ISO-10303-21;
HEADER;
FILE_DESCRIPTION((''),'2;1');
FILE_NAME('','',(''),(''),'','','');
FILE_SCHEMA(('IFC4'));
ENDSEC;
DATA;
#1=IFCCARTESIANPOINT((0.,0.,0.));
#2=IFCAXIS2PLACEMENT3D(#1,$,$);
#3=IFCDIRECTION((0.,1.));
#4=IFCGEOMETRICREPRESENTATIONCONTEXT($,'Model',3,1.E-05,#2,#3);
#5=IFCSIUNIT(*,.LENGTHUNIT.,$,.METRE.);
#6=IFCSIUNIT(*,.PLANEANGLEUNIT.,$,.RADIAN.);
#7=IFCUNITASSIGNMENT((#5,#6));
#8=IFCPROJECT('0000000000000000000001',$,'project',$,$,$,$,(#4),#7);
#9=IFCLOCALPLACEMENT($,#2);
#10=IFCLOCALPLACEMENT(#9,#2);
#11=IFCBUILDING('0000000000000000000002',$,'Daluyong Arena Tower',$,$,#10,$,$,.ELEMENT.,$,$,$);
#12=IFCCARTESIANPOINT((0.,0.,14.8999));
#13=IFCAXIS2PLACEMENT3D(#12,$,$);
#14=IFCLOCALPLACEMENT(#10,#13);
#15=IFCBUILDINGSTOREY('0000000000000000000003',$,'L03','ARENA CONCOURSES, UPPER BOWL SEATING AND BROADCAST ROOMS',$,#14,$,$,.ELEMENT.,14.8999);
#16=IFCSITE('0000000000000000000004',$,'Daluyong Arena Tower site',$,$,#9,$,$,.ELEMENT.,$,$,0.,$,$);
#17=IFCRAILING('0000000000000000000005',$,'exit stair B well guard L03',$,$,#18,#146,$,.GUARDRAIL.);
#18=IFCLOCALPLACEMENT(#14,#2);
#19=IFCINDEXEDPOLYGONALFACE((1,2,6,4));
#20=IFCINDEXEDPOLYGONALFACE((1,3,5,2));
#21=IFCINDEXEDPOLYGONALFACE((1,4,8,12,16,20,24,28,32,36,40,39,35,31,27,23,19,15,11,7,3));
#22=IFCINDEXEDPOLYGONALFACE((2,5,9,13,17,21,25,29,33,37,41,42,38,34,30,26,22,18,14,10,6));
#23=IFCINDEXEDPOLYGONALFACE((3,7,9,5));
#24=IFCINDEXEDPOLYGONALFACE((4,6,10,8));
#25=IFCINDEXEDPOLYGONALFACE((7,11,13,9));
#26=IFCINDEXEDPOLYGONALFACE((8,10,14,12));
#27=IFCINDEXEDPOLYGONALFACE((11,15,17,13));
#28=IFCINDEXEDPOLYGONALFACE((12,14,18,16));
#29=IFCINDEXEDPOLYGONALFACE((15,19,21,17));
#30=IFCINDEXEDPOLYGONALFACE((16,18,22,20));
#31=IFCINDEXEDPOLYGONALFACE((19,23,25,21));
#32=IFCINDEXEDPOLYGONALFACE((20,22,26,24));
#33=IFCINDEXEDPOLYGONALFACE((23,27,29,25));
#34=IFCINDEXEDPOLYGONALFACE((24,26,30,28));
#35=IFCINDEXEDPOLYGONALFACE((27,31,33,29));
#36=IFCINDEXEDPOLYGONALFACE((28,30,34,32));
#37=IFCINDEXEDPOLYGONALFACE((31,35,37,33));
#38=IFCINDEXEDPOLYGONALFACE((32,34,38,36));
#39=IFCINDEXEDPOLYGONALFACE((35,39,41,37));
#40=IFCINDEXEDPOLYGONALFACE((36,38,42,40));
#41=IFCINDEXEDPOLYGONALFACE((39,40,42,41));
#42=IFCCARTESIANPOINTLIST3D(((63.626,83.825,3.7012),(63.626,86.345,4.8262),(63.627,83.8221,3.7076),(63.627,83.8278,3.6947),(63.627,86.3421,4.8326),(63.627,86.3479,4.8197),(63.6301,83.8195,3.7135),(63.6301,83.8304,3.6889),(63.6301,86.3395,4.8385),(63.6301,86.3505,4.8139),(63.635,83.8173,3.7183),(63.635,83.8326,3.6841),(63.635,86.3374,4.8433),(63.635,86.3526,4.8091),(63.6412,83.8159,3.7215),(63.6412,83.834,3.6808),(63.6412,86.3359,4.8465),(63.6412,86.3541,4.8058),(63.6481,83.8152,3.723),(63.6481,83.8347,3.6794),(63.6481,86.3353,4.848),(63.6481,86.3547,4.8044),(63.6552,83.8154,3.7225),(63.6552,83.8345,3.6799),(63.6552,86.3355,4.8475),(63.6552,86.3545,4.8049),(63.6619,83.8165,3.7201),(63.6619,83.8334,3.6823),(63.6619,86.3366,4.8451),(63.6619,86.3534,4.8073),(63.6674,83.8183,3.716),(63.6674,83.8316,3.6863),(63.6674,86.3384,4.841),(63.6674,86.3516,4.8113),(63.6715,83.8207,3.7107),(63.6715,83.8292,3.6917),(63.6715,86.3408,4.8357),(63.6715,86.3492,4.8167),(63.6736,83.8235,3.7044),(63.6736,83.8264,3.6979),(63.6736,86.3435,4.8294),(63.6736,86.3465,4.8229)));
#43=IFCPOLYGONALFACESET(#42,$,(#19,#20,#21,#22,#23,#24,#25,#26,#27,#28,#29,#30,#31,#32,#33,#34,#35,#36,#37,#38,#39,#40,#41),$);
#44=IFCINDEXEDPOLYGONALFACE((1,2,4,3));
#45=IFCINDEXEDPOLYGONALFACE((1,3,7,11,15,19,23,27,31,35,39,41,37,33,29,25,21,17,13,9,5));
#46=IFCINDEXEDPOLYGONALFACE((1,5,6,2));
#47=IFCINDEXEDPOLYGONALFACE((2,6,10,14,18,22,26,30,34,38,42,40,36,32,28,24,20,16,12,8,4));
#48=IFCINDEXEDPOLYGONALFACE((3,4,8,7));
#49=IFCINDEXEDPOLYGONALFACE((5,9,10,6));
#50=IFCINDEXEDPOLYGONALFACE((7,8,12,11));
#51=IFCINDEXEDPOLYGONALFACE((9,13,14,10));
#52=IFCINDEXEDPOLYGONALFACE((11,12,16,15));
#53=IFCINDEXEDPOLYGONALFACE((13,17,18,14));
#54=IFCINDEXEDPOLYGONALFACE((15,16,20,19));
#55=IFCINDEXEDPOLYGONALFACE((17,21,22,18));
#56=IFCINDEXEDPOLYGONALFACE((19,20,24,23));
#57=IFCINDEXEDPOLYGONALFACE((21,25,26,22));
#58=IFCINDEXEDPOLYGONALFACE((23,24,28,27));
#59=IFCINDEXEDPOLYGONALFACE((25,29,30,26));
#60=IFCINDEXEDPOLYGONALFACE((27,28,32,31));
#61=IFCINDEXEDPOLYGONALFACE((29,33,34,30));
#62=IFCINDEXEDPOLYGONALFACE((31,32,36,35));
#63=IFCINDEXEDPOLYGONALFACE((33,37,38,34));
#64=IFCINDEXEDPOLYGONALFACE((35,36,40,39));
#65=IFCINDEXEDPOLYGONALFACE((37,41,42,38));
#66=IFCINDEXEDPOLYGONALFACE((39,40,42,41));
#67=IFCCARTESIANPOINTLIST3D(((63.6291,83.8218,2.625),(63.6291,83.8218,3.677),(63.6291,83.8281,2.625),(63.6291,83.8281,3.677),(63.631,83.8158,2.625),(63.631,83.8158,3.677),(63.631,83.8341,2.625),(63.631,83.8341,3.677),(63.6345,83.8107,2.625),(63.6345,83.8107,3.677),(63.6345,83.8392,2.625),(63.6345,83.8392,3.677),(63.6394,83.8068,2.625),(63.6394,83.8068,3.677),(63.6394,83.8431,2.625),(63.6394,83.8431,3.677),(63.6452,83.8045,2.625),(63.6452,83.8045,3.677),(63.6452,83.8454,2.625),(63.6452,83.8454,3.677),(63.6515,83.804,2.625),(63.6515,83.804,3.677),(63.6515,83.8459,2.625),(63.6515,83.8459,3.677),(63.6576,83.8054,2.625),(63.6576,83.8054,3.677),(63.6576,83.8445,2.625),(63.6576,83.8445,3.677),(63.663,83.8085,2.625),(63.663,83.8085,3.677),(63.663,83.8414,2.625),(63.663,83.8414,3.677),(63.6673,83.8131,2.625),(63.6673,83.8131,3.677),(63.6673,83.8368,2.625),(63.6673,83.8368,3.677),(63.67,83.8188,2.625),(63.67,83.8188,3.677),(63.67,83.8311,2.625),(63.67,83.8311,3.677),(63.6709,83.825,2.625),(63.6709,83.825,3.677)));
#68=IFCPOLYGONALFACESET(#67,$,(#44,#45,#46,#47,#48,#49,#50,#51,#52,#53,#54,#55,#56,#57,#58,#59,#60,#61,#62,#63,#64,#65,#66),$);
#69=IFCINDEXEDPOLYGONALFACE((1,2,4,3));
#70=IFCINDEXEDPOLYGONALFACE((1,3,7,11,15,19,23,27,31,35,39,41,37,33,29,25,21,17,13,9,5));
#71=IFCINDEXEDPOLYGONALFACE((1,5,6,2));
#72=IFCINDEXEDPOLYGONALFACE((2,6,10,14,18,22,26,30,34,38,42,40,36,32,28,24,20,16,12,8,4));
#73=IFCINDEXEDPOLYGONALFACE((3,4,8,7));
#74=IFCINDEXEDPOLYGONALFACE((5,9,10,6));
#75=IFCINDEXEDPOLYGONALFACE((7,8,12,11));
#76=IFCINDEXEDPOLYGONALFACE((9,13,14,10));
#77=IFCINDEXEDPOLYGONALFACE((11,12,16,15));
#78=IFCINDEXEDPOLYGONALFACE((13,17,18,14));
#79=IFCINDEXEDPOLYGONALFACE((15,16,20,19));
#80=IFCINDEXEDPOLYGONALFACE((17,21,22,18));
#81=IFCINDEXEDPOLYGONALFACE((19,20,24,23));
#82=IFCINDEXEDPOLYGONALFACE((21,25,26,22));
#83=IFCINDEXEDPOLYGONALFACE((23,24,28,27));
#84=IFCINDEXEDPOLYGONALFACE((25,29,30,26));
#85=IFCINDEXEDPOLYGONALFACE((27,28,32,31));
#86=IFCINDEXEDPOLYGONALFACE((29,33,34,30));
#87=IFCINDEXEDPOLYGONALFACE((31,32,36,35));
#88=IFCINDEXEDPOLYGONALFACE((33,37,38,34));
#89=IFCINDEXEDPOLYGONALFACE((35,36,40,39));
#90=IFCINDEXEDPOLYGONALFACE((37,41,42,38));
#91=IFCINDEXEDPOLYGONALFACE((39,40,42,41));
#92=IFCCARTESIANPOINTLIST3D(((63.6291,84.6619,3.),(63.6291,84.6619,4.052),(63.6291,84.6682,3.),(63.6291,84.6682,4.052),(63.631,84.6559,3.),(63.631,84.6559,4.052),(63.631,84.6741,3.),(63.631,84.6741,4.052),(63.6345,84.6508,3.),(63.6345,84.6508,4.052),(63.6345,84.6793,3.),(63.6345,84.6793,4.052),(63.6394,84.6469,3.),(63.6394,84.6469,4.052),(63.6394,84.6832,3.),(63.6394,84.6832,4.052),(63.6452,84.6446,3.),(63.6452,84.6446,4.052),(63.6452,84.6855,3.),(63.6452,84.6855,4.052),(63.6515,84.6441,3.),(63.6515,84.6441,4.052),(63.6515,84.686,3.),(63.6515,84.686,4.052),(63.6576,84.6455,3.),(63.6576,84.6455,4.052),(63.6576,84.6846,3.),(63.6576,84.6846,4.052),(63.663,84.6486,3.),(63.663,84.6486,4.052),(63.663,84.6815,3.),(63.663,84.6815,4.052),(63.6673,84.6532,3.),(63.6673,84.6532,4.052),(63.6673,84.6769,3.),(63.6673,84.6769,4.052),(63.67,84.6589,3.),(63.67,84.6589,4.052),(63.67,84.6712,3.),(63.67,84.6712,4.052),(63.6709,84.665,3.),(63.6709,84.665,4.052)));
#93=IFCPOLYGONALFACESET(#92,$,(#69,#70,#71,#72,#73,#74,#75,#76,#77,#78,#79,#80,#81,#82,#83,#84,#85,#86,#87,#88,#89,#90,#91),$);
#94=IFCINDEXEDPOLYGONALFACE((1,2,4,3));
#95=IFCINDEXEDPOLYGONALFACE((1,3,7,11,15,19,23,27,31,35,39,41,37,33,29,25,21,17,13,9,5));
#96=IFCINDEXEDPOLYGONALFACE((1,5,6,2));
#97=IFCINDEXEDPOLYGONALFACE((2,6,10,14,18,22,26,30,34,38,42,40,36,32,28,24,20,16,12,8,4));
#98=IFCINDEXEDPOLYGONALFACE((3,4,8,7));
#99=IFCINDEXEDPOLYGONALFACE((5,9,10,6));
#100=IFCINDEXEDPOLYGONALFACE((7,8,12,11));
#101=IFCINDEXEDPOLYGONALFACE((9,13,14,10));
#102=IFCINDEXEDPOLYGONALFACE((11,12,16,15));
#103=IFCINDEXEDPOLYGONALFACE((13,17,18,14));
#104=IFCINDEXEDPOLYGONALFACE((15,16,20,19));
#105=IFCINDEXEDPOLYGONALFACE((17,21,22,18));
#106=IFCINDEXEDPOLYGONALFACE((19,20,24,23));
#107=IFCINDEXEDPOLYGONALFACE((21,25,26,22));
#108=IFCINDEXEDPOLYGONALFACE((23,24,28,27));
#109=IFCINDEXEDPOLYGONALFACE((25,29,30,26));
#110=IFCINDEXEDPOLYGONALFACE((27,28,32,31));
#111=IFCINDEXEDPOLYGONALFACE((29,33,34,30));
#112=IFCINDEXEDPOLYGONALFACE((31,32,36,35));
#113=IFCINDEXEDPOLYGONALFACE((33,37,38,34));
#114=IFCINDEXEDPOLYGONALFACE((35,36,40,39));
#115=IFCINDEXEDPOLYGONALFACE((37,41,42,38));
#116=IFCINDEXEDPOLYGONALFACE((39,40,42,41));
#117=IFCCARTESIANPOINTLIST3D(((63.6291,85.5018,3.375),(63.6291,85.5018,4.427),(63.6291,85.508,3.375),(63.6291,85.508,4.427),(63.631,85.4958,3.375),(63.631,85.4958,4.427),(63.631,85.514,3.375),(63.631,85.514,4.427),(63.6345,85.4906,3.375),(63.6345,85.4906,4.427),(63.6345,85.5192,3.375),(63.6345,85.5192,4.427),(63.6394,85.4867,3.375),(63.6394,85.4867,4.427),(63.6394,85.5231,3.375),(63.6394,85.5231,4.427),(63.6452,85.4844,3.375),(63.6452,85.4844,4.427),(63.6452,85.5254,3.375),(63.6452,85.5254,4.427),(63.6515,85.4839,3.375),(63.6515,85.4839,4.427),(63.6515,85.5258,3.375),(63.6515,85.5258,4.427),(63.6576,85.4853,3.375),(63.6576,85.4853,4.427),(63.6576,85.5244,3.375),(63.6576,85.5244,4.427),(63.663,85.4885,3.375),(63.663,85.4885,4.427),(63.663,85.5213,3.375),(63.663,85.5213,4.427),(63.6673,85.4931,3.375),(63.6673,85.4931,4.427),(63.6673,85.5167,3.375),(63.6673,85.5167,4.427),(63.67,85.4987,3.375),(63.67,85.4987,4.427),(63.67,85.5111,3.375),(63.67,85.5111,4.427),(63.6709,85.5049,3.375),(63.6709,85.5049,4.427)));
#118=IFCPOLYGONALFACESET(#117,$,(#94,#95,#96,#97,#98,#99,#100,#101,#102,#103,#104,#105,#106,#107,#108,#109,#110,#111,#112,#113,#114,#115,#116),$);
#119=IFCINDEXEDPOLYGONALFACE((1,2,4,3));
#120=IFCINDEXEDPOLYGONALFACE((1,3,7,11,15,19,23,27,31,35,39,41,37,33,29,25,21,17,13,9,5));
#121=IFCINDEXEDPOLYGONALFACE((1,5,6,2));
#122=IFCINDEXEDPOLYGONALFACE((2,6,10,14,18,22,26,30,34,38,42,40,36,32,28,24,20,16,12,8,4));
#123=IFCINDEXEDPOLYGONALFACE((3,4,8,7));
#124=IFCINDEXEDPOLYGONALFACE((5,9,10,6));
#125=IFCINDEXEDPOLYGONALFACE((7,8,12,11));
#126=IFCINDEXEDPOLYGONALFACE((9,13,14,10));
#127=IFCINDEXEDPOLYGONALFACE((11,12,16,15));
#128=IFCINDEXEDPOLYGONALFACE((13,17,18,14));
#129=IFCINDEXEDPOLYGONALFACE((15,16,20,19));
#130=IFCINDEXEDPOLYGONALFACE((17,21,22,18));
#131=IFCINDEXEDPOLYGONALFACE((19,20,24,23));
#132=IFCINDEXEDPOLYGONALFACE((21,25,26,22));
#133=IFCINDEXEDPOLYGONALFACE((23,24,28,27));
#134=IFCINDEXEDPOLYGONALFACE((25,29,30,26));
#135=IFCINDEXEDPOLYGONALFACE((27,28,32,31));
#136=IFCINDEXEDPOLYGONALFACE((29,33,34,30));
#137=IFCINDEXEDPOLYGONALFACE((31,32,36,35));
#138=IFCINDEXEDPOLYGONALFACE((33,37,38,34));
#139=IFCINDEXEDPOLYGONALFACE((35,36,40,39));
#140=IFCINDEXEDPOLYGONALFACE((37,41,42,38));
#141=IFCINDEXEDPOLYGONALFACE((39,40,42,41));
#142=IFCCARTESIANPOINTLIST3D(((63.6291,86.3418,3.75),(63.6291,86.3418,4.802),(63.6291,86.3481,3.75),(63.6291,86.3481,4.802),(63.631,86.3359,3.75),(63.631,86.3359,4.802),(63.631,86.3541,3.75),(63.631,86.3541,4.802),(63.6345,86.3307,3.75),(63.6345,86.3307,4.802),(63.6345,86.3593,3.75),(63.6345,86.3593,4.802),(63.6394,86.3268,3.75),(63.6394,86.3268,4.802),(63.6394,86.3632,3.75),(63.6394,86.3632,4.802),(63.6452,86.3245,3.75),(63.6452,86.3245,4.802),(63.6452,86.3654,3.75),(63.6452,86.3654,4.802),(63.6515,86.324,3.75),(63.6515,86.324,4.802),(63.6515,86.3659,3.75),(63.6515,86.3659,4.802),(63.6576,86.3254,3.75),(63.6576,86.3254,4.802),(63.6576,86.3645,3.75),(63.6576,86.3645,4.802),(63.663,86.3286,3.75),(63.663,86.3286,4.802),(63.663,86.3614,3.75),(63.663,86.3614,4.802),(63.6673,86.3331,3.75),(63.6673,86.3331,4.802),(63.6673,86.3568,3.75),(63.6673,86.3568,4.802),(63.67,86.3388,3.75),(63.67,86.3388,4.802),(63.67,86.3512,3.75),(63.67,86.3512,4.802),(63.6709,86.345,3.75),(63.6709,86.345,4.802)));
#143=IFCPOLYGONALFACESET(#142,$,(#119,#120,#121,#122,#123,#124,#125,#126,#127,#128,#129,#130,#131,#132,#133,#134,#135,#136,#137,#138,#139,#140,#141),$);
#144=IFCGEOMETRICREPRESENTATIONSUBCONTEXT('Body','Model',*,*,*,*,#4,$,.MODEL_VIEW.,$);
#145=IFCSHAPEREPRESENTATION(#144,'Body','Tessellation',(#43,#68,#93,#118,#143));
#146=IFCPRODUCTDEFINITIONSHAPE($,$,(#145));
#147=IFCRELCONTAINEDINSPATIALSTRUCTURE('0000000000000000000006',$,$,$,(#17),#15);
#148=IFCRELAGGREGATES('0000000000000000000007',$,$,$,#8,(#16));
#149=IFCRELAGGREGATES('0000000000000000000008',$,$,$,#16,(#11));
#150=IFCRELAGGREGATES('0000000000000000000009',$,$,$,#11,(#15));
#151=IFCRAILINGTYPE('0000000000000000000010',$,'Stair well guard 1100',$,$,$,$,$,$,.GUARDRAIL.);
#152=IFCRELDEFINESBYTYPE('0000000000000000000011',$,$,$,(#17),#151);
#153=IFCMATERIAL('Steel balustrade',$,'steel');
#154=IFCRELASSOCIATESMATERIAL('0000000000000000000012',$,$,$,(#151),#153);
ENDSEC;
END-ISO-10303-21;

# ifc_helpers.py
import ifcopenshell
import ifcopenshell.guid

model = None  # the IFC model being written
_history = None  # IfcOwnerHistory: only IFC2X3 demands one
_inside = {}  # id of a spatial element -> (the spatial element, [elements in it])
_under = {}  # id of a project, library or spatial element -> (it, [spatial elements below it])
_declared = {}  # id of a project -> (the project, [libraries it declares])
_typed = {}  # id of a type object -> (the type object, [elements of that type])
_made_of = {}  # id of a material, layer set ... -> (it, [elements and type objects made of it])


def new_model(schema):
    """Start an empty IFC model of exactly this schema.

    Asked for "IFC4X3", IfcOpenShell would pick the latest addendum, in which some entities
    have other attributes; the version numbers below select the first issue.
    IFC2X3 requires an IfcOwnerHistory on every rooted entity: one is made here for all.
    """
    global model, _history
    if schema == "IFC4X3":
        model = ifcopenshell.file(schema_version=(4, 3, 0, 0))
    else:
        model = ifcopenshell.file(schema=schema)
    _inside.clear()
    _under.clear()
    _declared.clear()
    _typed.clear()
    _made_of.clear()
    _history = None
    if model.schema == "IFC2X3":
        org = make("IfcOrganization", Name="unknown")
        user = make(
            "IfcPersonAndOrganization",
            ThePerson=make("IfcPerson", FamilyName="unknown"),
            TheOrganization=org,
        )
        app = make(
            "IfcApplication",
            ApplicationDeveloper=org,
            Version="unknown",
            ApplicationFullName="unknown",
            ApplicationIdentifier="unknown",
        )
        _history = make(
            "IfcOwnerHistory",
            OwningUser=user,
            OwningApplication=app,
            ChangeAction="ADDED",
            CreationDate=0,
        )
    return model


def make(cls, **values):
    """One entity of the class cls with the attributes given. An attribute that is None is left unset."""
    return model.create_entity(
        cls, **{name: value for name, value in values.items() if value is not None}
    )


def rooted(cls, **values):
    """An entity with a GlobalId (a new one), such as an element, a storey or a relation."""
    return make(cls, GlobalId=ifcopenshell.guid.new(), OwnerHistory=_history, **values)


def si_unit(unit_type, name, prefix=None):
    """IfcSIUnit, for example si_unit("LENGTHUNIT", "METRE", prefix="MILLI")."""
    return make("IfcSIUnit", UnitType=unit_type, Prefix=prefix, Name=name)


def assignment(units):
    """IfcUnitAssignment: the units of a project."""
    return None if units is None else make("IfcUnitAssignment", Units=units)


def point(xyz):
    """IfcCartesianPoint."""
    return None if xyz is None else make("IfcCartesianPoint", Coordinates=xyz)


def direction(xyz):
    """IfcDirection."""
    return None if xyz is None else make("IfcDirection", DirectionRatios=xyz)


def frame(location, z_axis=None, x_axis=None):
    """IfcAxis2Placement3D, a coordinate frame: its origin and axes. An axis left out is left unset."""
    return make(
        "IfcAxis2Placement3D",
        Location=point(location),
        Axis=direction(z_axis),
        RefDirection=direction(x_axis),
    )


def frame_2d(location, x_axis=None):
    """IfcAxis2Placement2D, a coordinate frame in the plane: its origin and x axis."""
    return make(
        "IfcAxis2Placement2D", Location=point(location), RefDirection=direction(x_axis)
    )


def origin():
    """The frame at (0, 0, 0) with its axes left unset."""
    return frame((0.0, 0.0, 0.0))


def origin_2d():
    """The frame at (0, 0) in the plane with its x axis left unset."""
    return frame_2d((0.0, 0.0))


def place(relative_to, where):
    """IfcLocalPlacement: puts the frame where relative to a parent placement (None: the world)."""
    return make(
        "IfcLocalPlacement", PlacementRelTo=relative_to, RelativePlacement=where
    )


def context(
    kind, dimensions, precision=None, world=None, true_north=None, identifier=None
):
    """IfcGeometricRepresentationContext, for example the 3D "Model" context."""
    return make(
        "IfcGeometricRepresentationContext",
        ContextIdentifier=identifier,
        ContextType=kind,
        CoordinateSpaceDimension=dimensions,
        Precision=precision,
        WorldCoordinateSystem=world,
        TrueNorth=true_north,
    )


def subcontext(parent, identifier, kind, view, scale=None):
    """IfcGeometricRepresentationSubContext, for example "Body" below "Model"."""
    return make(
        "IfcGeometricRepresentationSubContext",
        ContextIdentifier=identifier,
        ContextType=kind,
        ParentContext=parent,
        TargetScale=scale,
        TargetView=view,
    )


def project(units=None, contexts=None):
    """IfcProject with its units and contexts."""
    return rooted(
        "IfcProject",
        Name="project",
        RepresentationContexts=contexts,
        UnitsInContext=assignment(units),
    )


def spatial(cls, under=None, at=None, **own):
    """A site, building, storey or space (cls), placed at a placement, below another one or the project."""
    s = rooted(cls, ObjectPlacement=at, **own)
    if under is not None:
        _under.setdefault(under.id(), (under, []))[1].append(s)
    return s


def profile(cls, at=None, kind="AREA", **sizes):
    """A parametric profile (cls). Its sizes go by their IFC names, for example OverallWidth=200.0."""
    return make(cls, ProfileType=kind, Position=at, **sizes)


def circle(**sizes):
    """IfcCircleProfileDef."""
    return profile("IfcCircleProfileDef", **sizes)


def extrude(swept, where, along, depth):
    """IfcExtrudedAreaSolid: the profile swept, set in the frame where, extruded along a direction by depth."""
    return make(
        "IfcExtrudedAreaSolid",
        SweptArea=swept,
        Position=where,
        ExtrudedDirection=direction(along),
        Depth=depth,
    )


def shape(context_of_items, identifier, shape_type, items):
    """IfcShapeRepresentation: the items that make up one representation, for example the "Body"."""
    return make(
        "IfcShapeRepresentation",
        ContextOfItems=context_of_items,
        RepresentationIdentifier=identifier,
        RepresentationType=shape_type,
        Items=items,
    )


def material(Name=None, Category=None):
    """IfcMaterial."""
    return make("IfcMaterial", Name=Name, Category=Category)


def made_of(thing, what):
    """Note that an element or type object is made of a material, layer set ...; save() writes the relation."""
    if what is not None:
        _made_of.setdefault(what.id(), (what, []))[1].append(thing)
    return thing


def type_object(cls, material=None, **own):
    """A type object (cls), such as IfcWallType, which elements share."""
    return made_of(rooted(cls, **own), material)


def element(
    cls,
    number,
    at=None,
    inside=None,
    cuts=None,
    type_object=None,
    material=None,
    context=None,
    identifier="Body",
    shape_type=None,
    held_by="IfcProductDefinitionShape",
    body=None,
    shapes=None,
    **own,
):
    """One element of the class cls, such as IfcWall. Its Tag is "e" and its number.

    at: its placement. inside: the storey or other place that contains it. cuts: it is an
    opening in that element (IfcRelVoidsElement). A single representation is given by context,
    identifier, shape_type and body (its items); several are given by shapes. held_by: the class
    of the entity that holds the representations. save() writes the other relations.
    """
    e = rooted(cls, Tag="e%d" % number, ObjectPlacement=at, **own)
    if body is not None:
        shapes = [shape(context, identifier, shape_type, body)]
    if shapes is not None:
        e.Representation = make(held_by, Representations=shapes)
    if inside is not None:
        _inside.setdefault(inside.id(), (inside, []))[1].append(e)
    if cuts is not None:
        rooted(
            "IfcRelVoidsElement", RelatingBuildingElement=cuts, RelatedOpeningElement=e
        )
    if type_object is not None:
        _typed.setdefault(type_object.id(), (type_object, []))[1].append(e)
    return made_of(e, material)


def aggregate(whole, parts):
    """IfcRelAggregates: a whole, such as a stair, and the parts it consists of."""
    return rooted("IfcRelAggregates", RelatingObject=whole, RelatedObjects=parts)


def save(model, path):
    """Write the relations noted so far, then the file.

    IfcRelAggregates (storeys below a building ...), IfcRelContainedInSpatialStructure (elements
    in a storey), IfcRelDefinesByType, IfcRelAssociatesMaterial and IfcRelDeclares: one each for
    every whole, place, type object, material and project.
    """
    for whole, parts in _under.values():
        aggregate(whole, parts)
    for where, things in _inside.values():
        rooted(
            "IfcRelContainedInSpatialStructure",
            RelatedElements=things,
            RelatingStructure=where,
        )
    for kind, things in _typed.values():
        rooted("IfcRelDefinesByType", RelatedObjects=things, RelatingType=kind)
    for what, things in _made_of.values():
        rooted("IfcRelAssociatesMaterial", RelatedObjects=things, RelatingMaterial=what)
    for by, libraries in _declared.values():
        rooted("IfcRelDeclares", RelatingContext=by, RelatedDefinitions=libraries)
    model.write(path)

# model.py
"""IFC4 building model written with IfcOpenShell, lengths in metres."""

from ifc_helpers import new_model, si_unit, direction, frame, origin, origin_2d, place, context, subcontext, project, spatial, circle, extrude, material, type_object, element, save


model = new_model("IFC4")

# Units and contexts
model_context = context("Model", 3, precision=1e-05, world=origin(), true_north=direction((0.0, 1.0)))
body_context = subcontext(model_context, "Body", "Model", "MODEL_VIEW")
ifc_project = project(units=[si_unit("LENGTHUNIT", "METRE"), si_unit("PLANEANGLEUNIT", "RADIAN")], contexts=[model_context])

# Site, building, storey
site_placement = place(None, origin())
site = spatial("IfcSite", under=ifc_project, at=site_placement, Name="Daluyong Arena Tower site", CompositionType="ELEMENT", RefElevation=0.0)
building_placement = place(site_placement, origin())
building = spatial("IfcBuilding", under=site, at=building_placement, Name="Daluyong Arena Tower", CompositionType="ELEMENT")
storey_placement = place(building_placement, frame((0.0, 0.0, 14.8999)))
storey = spatial("IfcBuildingStorey", under=building, at=storey_placement, Name="L03", Description="ARENA CONCOURSES, UPPER BOWL SEATING AND BROADCAST ROOMS", CompositionType="ELEMENT", Elevation=14.8999)

# Railing
ifc_material_1 = material(Name="Steel balustrade", Category="steel")
railing_type_1 = type_object("IfcRailingType", Name="Stair well guard 1100", PredefinedType="GUARDRAIL", material=ifc_material_1)
for number, where, name in (
    (1, (63.6499, 83.825, 2.625), "exit stair B well guard L03"),
):
    element("IfcRailing", number, at=place(storey_placement, frame(where)), inside=storey, type_object=railing_type_1, Name=name, PredefinedType="GUARDRAIL", context=body_context, shape_type="SweptSolid", body=[
        extrude(circle(Radius=0.0239, at=origin_2d()), frame((0.0, 0.0, 1.0762), z_axis=(0.0, 0.913139, 0.407648), x_axis=(-1.0, 0.0, 0.0)), (0.0, 0.0, 1.0), 2.7598),
        extrude(circle(Radius=0.021, at=origin_2d()), origin(), (0.0, 0.0, 1.0), 1.052),
        extrude(circle(Radius=0.021, at=origin_2d()), frame((0.0, 0.8401, 0.375)), (0.0, 0.0, 1.0), 1.052),
        extrude(circle(Radius=0.021, at=origin_2d()), frame((0.0, 1.6799, 0.75)), (0.0, 0.0, 1.0), 1.052),
        extrude(circle(Radius=0.021, at=origin_2d()), frame((0.0, 2.52, 1.125)), (0.0, 0.0, 1.0), 1.052),
    ])

save(model, "model.ifc")
